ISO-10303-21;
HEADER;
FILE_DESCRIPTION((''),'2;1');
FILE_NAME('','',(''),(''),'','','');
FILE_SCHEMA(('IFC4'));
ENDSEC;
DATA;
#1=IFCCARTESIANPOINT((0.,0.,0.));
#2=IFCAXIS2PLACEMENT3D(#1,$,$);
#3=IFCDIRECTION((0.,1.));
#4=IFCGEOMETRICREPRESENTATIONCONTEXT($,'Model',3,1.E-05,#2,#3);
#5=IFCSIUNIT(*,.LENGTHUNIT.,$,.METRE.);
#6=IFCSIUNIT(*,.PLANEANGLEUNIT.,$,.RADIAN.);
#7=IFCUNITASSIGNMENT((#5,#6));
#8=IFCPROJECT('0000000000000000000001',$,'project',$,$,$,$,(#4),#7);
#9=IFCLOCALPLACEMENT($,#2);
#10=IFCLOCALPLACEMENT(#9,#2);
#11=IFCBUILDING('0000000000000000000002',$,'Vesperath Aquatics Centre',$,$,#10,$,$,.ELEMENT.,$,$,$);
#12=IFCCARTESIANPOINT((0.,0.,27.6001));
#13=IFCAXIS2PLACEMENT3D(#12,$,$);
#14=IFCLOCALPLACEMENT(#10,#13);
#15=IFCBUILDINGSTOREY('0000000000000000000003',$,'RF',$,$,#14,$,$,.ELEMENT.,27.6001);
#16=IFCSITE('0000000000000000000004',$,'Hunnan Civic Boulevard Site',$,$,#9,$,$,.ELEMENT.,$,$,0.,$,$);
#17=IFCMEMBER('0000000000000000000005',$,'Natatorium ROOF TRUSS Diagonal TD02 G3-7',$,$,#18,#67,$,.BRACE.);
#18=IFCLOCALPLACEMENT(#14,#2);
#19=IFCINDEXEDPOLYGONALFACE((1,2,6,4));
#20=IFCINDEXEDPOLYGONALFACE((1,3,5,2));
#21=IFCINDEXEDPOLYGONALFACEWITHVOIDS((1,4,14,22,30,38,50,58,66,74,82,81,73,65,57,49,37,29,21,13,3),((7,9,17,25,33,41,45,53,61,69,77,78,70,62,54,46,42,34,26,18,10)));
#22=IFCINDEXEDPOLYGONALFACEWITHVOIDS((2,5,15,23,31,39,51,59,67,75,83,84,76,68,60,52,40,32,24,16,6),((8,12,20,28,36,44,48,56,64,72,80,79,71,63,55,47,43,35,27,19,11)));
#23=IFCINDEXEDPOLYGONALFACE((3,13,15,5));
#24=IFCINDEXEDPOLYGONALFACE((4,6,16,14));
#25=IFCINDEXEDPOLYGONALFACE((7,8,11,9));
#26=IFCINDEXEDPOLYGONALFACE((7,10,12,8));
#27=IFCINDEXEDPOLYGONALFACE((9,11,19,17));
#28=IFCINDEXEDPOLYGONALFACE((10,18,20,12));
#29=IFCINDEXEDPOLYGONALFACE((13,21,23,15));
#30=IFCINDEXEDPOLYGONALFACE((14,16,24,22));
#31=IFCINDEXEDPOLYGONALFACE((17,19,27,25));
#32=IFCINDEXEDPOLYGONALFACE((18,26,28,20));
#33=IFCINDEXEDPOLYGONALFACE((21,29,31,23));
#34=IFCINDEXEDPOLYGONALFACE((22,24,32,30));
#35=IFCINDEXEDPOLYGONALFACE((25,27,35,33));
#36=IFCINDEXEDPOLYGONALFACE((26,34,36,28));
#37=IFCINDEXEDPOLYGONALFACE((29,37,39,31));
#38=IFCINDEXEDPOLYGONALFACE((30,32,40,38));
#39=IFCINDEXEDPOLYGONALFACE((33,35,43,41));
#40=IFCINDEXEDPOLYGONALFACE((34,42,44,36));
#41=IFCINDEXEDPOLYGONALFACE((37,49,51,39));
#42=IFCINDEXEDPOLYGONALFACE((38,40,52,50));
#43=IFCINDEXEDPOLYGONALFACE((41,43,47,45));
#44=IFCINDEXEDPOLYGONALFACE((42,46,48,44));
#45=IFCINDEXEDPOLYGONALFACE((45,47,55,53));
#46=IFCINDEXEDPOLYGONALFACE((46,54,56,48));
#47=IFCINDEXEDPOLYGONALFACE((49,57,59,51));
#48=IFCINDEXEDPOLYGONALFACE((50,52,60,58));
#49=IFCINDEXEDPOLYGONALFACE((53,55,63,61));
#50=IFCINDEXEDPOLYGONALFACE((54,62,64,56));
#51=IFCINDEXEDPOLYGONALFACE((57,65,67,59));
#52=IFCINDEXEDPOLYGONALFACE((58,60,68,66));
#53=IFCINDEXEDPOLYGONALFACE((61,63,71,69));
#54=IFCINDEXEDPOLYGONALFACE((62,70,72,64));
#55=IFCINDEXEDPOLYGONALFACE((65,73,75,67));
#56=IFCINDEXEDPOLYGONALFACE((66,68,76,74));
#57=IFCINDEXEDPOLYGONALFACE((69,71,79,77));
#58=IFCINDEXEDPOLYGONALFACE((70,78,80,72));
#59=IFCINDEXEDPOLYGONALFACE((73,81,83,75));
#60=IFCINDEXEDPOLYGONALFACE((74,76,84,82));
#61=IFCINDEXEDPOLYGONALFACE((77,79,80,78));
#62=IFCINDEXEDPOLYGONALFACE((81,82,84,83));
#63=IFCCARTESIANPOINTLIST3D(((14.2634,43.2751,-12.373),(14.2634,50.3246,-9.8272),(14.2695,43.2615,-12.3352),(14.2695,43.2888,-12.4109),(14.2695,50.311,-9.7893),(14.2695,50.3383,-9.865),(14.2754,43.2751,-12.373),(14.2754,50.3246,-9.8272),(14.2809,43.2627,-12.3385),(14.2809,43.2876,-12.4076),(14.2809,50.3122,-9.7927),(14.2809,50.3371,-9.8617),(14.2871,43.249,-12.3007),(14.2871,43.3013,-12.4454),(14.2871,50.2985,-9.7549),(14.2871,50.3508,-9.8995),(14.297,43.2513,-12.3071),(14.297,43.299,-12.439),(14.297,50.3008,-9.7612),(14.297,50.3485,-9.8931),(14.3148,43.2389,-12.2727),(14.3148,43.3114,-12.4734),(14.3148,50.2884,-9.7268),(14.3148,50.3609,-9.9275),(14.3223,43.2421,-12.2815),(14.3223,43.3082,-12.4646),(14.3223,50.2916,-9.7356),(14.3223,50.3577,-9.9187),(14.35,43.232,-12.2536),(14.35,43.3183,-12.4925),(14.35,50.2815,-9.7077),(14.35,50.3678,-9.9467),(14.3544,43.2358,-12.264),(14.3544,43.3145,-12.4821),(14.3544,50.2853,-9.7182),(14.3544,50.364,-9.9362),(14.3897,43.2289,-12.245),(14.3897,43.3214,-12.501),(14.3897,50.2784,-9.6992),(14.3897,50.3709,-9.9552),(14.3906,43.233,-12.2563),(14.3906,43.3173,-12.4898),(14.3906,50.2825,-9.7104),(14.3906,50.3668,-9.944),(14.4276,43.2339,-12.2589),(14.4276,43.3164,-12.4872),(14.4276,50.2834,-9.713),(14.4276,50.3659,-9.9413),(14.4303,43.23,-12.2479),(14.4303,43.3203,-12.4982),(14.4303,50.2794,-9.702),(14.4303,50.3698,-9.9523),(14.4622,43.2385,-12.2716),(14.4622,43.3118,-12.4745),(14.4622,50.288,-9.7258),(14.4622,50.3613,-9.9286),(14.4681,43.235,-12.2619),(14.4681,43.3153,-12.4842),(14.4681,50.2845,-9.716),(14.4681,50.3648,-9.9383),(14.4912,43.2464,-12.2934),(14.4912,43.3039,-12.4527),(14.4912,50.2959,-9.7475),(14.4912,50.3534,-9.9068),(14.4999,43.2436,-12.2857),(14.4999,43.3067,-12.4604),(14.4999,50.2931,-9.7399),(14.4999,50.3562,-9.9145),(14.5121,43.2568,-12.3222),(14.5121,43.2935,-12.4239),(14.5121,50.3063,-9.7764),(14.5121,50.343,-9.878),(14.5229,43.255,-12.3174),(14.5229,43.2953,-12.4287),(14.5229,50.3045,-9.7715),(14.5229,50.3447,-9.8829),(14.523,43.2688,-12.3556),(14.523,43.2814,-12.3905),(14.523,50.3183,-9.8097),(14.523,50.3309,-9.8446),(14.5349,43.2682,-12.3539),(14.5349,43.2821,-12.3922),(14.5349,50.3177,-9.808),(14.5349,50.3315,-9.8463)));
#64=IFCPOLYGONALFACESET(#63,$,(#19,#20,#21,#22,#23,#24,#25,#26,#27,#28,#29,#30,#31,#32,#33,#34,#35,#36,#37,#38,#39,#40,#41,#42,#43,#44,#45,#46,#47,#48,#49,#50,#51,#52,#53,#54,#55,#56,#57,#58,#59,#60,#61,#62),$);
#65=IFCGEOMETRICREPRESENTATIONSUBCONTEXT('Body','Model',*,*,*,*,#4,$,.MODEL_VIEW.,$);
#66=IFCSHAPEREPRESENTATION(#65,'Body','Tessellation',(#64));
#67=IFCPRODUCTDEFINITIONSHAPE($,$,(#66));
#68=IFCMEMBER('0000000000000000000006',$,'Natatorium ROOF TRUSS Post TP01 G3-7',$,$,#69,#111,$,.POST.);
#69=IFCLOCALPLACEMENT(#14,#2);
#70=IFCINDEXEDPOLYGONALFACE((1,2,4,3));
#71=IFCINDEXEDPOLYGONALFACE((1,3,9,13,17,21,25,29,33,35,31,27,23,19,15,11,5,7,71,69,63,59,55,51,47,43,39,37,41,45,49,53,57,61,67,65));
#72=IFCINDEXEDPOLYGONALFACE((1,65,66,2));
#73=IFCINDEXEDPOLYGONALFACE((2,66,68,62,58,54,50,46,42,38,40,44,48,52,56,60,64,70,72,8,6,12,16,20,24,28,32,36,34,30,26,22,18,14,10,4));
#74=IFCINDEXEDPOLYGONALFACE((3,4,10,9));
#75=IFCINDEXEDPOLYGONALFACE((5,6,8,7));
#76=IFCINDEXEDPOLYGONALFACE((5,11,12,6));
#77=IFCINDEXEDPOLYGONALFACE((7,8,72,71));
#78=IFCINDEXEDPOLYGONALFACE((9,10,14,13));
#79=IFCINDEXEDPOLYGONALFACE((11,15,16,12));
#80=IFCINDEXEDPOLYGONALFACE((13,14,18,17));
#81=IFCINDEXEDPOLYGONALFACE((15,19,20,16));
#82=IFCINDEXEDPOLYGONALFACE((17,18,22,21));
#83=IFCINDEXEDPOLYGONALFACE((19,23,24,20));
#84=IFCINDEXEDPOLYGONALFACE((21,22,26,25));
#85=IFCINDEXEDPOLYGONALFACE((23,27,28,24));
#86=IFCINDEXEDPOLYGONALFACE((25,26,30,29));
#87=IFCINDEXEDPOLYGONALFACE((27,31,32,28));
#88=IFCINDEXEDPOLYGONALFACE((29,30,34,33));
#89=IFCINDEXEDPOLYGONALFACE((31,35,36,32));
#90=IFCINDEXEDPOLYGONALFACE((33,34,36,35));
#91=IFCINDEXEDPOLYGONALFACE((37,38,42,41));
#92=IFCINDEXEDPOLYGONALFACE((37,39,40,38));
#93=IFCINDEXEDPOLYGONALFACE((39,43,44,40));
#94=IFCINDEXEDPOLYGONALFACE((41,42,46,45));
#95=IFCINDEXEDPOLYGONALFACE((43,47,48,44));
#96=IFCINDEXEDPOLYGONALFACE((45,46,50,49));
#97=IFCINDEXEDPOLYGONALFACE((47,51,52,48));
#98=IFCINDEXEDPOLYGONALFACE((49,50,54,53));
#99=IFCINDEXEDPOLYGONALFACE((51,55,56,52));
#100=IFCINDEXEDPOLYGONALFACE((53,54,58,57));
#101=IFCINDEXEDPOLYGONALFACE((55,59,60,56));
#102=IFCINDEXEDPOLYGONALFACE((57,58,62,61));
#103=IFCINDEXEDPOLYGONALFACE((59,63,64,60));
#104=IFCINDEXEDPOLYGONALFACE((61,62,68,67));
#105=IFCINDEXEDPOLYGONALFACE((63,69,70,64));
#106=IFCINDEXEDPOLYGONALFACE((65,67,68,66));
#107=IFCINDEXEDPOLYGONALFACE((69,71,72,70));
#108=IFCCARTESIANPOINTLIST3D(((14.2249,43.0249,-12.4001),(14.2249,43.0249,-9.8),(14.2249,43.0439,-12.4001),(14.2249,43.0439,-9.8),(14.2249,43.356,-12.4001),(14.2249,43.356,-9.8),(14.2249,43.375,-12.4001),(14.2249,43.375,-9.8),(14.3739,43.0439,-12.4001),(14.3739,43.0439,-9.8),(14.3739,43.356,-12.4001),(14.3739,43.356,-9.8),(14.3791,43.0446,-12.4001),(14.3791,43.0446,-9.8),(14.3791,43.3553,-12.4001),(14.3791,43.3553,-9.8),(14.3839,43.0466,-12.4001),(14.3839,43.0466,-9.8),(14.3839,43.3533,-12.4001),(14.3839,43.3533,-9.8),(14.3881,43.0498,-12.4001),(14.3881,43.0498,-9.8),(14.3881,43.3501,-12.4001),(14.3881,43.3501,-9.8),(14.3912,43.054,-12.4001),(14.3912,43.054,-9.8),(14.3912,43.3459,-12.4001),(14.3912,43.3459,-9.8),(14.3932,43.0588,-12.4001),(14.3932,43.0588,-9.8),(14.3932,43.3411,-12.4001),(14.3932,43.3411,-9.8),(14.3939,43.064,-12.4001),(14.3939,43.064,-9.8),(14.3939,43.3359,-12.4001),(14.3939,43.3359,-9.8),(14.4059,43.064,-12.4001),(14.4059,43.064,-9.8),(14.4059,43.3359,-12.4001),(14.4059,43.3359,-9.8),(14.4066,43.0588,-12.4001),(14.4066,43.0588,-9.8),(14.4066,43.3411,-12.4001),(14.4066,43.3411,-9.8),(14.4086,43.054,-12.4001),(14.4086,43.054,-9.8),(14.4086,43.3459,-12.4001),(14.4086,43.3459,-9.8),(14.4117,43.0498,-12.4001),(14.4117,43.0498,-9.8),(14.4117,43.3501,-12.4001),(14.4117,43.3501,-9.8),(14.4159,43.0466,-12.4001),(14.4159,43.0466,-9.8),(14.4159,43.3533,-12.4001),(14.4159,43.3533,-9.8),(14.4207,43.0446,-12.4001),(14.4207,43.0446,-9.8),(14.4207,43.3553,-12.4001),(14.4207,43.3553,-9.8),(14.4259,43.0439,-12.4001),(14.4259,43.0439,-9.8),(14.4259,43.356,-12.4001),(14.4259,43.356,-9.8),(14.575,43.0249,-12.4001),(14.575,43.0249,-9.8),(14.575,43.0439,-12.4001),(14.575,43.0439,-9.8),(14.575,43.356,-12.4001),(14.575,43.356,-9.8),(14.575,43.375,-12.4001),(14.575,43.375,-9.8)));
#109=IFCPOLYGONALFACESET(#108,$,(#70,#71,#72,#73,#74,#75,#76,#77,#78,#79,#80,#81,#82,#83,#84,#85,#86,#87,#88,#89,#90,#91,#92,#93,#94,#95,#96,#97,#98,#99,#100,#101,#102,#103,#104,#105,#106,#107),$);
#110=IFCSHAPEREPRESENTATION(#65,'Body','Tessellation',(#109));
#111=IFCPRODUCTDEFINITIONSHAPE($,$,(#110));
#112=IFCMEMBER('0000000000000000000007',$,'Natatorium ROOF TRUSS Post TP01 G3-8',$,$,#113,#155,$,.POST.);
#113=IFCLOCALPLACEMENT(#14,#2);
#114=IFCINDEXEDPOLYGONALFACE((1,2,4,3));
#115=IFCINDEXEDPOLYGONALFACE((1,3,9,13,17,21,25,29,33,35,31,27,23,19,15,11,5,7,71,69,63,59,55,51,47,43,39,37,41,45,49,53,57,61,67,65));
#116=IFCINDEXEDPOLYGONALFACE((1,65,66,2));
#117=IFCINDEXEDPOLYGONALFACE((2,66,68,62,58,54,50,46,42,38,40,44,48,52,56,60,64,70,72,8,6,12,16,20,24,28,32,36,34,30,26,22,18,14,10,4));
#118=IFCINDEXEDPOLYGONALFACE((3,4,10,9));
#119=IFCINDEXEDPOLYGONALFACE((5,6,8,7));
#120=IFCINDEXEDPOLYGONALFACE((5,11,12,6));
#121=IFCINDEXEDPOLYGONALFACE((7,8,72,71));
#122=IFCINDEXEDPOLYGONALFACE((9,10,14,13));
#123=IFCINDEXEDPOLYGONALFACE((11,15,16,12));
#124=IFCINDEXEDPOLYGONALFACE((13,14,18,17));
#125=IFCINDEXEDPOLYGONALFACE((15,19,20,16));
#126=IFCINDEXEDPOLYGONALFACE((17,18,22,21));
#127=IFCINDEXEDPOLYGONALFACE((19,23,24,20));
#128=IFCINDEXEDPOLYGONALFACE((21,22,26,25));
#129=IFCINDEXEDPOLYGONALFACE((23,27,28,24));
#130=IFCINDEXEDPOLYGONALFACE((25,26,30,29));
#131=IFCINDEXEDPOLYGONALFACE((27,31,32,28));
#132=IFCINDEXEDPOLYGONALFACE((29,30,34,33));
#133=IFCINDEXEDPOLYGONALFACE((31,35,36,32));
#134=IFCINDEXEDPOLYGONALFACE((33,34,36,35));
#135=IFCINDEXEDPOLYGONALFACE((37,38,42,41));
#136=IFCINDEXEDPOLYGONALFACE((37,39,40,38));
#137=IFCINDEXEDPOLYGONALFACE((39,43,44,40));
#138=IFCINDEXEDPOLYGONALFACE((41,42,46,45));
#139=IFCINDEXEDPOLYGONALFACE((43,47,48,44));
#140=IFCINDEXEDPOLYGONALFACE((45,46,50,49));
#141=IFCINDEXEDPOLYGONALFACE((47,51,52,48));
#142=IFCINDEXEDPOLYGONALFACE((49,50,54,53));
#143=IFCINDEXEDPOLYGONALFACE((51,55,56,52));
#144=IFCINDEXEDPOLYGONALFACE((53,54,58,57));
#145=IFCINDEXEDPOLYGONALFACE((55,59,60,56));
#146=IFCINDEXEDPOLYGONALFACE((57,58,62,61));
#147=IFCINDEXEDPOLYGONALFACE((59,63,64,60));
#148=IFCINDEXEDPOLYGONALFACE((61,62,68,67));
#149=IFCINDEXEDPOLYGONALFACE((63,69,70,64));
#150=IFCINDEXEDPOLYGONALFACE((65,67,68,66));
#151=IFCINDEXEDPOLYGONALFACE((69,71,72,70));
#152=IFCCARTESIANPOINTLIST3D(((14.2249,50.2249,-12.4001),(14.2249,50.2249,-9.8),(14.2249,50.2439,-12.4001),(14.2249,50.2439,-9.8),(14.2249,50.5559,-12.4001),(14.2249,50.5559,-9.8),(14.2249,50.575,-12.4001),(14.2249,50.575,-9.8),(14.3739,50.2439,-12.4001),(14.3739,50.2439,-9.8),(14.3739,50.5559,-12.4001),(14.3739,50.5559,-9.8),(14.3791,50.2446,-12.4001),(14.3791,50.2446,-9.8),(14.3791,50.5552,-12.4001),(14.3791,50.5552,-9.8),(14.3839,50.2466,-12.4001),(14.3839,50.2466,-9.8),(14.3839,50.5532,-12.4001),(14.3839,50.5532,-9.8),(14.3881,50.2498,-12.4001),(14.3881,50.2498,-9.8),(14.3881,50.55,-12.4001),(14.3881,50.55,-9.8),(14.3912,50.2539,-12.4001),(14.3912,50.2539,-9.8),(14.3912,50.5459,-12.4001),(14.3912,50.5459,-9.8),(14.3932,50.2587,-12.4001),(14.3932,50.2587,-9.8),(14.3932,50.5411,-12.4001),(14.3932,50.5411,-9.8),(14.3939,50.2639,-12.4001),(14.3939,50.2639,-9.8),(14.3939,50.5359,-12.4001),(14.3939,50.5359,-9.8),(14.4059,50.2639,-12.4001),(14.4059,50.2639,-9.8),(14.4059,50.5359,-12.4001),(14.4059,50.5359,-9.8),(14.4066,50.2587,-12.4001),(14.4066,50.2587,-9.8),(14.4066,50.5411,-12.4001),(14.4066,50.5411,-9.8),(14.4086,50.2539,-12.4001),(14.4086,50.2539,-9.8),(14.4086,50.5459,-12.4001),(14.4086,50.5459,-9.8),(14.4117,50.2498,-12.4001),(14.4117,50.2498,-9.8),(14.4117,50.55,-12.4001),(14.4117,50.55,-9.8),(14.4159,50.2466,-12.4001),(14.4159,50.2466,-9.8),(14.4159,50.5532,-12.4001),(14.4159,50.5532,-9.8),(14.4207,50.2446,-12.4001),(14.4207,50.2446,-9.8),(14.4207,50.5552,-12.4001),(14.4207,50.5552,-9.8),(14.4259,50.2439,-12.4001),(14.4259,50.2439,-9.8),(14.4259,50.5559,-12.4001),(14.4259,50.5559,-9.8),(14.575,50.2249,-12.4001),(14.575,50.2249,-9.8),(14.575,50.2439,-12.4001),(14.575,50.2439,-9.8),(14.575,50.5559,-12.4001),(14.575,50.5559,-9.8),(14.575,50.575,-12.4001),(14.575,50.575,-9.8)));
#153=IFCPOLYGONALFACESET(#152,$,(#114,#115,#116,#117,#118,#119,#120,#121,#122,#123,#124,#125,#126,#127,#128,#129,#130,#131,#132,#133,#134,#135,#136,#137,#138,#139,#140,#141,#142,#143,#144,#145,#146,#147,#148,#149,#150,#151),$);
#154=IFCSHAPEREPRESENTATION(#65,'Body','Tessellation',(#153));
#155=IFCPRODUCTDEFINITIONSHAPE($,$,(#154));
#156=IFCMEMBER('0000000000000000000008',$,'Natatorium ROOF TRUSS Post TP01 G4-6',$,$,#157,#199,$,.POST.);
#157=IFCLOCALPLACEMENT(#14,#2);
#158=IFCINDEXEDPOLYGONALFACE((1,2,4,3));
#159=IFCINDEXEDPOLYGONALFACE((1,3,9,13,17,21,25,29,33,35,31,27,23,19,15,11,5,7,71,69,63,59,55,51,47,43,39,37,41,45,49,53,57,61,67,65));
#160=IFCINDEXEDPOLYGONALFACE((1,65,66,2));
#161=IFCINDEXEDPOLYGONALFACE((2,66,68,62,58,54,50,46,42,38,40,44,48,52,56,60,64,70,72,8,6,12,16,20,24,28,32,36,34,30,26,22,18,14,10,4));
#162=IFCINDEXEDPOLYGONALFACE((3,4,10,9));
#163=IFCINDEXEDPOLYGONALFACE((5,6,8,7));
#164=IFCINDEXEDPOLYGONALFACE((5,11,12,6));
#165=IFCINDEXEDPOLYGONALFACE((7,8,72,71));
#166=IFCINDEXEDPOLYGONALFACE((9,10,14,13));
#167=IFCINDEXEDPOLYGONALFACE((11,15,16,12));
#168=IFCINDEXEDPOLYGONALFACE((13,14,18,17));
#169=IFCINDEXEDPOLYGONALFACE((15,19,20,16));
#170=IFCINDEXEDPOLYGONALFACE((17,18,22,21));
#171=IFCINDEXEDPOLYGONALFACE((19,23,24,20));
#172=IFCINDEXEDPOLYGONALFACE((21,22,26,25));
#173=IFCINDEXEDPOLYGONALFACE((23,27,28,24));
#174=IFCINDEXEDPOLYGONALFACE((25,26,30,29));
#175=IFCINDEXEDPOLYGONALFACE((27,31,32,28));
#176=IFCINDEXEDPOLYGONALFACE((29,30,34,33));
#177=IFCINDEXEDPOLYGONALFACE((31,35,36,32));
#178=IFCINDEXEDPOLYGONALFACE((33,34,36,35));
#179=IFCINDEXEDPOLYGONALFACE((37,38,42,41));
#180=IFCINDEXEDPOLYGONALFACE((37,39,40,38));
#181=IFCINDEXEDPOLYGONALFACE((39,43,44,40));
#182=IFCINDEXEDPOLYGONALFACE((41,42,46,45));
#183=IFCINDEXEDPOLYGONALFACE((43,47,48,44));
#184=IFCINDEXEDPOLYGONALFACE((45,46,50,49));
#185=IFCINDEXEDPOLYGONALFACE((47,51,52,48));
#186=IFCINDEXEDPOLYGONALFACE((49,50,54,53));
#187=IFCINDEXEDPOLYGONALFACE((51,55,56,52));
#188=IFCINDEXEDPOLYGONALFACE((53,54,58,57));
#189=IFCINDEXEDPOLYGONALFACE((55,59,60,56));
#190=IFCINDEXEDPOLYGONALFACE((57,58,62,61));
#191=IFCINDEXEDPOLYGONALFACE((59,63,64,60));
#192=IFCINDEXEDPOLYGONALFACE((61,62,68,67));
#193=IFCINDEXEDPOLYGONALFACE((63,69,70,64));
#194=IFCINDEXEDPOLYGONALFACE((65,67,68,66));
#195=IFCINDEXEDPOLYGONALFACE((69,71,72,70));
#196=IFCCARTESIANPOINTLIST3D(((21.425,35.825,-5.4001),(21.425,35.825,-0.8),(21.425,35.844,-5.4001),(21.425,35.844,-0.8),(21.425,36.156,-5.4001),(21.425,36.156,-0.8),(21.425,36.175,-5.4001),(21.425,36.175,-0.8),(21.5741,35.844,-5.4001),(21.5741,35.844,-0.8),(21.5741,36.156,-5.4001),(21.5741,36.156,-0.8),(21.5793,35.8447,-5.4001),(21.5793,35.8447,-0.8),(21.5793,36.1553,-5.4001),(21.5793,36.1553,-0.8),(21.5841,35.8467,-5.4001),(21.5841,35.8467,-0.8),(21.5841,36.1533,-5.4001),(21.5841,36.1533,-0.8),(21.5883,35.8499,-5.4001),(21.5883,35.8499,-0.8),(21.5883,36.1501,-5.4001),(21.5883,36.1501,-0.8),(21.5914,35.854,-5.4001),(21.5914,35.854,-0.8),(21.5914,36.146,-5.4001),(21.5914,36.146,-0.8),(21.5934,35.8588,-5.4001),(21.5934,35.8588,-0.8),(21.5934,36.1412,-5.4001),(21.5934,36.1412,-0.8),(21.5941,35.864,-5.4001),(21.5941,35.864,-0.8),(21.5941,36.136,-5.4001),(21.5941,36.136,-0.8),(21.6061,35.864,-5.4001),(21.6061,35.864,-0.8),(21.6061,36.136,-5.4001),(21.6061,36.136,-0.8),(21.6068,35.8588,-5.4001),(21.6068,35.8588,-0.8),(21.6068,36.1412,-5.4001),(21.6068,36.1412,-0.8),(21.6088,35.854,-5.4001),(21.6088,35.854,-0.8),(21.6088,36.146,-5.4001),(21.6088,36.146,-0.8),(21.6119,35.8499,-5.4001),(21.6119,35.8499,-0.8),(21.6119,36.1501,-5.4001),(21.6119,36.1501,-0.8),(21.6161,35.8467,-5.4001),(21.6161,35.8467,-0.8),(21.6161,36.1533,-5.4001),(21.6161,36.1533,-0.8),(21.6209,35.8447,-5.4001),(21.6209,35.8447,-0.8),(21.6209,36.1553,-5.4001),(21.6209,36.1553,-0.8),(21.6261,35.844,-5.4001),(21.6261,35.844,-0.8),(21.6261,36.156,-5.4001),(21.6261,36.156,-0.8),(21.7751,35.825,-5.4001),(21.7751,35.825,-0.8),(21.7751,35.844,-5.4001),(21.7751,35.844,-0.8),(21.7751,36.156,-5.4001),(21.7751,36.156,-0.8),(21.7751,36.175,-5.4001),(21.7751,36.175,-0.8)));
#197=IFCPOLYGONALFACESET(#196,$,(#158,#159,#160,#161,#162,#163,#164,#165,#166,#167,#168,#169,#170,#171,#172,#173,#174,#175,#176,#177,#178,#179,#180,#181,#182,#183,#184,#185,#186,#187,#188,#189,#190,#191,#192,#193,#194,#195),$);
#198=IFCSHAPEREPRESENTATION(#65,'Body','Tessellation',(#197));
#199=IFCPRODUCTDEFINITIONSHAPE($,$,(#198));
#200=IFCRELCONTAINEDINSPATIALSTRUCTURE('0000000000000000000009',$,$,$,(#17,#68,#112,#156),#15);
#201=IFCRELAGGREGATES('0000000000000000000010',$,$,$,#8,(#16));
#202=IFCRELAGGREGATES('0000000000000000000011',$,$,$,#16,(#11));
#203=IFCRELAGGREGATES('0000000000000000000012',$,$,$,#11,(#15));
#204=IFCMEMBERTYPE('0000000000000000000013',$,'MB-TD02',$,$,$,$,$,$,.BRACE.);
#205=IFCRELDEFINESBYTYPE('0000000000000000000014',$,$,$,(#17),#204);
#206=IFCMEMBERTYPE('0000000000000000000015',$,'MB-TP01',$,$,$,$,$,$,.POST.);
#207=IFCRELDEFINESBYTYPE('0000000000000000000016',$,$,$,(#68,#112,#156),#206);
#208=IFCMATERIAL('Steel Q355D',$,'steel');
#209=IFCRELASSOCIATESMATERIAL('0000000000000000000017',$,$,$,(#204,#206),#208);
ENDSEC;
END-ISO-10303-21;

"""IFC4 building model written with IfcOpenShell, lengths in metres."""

from ifc_helpers import new_model, si_unit, direction, frame, origin, origin_2d, place, context, subcontext, project, spatial, hollow_circle, i_section, extrude, material, material_profile, profile_set, type_object, element, save


model = new_model("IFC4")

# Units and contexts
model_context = context("Model", 3, precision=1e-05, world=origin(), true_north=direction((0.0, 1.0)))
body_context = subcontext(model_context, "Body", "Model", "MODEL_VIEW")
ifc_project = project(units=[si_unit("LENGTHUNIT", "METRE"), si_unit("PLANEANGLEUNIT", "RADIAN")], contexts=[model_context])

# Site, building, storey
site_placement = place(None, origin())
site = spatial("IfcSite", under=ifc_project, at=site_placement, Name="Hunnan Civic Boulevard Site", CompositionType="ELEMENT", RefElevation=0.0)
building_placement = place(site_placement, origin())
building = spatial("IfcBuilding", under=site, at=building_placement, Name="Vesperath Aquatics Centre", CompositionType="ELEMENT")
storey_placement = place(building_placement, frame((0.0, 0.0, 27.6001)))
storey = spatial("IfcBuildingStorey", under=building, at=storey_placement, Name="RF", CompositionType="ELEMENT", Elevation=27.6001)

# Members
ifc_material_1 = material(Name="Steel Q355D", Category="steel")
ifc_material_profile_1 = material_profile(ifc_material_1, hollow_circle(Radius=0.1365, WallThickness=0.012, at=origin_2d()), Name="CHS 273.0x12")
ifc_profile_set_1 = profile_set([ifc_material_profile_1], Name="Steel Q355D")
member_type_1 = type_object("IfcMemberType", Name="MB-TD02", PredefinedType="BRACE", material=ifc_profile_set_1)
for number, where, z_axis, x_axis, name in (
    (1, (14.3999, 43.2751, -12.373), (0.0, 0.940544, 0.339671), (-1.0, 0.0, 0.0), "Natatorium ROOF TRUSS Diagonal TD02 G3-7"),
):
    element("IfcMember", number, at=place(storey_placement, frame(where, z_axis=z_axis, x_axis=x_axis)), inside=storey, type_object=member_type_1, Name=name, PredefinedType="BRACE", context=body_context, shape_type="SweptSolid", body=[
        extrude(hollow_circle(Radius=0.1365, WallThickness=0.012, at=origin_2d()), origin(), (0.0, 0.0, 1.0), 7.4951),
    ])
ifc_material_profile_2 = material_profile(ifc_material_1, i_section(OverallWidth=0.3501, OverallDepth=0.3501, WebThickness=0.012, FlangeThickness=0.019, FilletRadius=0.02, at=origin_2d()), Name="HW 350x350x12x19")
ifc_profile_set_2 = profile_set([ifc_material_profile_2], Name="Steel Q355D")
member_type_2 = type_object("IfcMemberType", Name="MB-TP01", PredefinedType="POST", material=ifc_profile_set_2)
for number, where, z_axis, x_axis, name in (
    (2, (14.3999, 43.2, -12.4001), (0.0, 0.0, 1.0), (1.0, 0.0, 0.0), "Natatorium ROOF TRUSS Post TP01 G3-7"),
    (3, (14.3999, 50.3999, -12.4001), (0.0, 0.0, 1.0), (1.0, 0.0, 0.0), "Natatorium ROOF TRUSS Post TP01 G3-8"),
):
    element("IfcMember", number, at=place(storey_placement, frame(where, z_axis=z_axis, x_axis=x_axis)), inside=storey, type_object=member_type_2, Name=name, PredefinedType="POST", context=body_context, shape_type="SweptSolid", body=[
        extrude(i_section(OverallWidth=0.3501, OverallDepth=0.3501, WebThickness=0.012, FlangeThickness=0.019, FilletRadius=0.02, at=origin_2d()), origin(), (0.0, 0.0, 1.0), 2.6001),
    ])
member_1_placement = place(storey_placement, frame((21.6001, 36.0, -5.4001), z_axis=(0.0, 0.0, 1.0), x_axis=(1.0, 0.0, 0.0)))
element("IfcMember", 4, at=member_1_placement, inside=storey, type_object=member_type_2, Name="Natatorium ROOF TRUSS Post TP01 G4-6", PredefinedType="POST", context=body_context, shape_type="SweptSolid", body=[
    extrude(i_section(OverallWidth=0.3501, OverallDepth=0.3501, WebThickness=0.012, FlangeThickness=0.019, FilletRadius=0.02, at=origin_2d()), origin(), (0.0, 0.0, 1.0), 4.6001),
])

save(model, "model.ifc")
